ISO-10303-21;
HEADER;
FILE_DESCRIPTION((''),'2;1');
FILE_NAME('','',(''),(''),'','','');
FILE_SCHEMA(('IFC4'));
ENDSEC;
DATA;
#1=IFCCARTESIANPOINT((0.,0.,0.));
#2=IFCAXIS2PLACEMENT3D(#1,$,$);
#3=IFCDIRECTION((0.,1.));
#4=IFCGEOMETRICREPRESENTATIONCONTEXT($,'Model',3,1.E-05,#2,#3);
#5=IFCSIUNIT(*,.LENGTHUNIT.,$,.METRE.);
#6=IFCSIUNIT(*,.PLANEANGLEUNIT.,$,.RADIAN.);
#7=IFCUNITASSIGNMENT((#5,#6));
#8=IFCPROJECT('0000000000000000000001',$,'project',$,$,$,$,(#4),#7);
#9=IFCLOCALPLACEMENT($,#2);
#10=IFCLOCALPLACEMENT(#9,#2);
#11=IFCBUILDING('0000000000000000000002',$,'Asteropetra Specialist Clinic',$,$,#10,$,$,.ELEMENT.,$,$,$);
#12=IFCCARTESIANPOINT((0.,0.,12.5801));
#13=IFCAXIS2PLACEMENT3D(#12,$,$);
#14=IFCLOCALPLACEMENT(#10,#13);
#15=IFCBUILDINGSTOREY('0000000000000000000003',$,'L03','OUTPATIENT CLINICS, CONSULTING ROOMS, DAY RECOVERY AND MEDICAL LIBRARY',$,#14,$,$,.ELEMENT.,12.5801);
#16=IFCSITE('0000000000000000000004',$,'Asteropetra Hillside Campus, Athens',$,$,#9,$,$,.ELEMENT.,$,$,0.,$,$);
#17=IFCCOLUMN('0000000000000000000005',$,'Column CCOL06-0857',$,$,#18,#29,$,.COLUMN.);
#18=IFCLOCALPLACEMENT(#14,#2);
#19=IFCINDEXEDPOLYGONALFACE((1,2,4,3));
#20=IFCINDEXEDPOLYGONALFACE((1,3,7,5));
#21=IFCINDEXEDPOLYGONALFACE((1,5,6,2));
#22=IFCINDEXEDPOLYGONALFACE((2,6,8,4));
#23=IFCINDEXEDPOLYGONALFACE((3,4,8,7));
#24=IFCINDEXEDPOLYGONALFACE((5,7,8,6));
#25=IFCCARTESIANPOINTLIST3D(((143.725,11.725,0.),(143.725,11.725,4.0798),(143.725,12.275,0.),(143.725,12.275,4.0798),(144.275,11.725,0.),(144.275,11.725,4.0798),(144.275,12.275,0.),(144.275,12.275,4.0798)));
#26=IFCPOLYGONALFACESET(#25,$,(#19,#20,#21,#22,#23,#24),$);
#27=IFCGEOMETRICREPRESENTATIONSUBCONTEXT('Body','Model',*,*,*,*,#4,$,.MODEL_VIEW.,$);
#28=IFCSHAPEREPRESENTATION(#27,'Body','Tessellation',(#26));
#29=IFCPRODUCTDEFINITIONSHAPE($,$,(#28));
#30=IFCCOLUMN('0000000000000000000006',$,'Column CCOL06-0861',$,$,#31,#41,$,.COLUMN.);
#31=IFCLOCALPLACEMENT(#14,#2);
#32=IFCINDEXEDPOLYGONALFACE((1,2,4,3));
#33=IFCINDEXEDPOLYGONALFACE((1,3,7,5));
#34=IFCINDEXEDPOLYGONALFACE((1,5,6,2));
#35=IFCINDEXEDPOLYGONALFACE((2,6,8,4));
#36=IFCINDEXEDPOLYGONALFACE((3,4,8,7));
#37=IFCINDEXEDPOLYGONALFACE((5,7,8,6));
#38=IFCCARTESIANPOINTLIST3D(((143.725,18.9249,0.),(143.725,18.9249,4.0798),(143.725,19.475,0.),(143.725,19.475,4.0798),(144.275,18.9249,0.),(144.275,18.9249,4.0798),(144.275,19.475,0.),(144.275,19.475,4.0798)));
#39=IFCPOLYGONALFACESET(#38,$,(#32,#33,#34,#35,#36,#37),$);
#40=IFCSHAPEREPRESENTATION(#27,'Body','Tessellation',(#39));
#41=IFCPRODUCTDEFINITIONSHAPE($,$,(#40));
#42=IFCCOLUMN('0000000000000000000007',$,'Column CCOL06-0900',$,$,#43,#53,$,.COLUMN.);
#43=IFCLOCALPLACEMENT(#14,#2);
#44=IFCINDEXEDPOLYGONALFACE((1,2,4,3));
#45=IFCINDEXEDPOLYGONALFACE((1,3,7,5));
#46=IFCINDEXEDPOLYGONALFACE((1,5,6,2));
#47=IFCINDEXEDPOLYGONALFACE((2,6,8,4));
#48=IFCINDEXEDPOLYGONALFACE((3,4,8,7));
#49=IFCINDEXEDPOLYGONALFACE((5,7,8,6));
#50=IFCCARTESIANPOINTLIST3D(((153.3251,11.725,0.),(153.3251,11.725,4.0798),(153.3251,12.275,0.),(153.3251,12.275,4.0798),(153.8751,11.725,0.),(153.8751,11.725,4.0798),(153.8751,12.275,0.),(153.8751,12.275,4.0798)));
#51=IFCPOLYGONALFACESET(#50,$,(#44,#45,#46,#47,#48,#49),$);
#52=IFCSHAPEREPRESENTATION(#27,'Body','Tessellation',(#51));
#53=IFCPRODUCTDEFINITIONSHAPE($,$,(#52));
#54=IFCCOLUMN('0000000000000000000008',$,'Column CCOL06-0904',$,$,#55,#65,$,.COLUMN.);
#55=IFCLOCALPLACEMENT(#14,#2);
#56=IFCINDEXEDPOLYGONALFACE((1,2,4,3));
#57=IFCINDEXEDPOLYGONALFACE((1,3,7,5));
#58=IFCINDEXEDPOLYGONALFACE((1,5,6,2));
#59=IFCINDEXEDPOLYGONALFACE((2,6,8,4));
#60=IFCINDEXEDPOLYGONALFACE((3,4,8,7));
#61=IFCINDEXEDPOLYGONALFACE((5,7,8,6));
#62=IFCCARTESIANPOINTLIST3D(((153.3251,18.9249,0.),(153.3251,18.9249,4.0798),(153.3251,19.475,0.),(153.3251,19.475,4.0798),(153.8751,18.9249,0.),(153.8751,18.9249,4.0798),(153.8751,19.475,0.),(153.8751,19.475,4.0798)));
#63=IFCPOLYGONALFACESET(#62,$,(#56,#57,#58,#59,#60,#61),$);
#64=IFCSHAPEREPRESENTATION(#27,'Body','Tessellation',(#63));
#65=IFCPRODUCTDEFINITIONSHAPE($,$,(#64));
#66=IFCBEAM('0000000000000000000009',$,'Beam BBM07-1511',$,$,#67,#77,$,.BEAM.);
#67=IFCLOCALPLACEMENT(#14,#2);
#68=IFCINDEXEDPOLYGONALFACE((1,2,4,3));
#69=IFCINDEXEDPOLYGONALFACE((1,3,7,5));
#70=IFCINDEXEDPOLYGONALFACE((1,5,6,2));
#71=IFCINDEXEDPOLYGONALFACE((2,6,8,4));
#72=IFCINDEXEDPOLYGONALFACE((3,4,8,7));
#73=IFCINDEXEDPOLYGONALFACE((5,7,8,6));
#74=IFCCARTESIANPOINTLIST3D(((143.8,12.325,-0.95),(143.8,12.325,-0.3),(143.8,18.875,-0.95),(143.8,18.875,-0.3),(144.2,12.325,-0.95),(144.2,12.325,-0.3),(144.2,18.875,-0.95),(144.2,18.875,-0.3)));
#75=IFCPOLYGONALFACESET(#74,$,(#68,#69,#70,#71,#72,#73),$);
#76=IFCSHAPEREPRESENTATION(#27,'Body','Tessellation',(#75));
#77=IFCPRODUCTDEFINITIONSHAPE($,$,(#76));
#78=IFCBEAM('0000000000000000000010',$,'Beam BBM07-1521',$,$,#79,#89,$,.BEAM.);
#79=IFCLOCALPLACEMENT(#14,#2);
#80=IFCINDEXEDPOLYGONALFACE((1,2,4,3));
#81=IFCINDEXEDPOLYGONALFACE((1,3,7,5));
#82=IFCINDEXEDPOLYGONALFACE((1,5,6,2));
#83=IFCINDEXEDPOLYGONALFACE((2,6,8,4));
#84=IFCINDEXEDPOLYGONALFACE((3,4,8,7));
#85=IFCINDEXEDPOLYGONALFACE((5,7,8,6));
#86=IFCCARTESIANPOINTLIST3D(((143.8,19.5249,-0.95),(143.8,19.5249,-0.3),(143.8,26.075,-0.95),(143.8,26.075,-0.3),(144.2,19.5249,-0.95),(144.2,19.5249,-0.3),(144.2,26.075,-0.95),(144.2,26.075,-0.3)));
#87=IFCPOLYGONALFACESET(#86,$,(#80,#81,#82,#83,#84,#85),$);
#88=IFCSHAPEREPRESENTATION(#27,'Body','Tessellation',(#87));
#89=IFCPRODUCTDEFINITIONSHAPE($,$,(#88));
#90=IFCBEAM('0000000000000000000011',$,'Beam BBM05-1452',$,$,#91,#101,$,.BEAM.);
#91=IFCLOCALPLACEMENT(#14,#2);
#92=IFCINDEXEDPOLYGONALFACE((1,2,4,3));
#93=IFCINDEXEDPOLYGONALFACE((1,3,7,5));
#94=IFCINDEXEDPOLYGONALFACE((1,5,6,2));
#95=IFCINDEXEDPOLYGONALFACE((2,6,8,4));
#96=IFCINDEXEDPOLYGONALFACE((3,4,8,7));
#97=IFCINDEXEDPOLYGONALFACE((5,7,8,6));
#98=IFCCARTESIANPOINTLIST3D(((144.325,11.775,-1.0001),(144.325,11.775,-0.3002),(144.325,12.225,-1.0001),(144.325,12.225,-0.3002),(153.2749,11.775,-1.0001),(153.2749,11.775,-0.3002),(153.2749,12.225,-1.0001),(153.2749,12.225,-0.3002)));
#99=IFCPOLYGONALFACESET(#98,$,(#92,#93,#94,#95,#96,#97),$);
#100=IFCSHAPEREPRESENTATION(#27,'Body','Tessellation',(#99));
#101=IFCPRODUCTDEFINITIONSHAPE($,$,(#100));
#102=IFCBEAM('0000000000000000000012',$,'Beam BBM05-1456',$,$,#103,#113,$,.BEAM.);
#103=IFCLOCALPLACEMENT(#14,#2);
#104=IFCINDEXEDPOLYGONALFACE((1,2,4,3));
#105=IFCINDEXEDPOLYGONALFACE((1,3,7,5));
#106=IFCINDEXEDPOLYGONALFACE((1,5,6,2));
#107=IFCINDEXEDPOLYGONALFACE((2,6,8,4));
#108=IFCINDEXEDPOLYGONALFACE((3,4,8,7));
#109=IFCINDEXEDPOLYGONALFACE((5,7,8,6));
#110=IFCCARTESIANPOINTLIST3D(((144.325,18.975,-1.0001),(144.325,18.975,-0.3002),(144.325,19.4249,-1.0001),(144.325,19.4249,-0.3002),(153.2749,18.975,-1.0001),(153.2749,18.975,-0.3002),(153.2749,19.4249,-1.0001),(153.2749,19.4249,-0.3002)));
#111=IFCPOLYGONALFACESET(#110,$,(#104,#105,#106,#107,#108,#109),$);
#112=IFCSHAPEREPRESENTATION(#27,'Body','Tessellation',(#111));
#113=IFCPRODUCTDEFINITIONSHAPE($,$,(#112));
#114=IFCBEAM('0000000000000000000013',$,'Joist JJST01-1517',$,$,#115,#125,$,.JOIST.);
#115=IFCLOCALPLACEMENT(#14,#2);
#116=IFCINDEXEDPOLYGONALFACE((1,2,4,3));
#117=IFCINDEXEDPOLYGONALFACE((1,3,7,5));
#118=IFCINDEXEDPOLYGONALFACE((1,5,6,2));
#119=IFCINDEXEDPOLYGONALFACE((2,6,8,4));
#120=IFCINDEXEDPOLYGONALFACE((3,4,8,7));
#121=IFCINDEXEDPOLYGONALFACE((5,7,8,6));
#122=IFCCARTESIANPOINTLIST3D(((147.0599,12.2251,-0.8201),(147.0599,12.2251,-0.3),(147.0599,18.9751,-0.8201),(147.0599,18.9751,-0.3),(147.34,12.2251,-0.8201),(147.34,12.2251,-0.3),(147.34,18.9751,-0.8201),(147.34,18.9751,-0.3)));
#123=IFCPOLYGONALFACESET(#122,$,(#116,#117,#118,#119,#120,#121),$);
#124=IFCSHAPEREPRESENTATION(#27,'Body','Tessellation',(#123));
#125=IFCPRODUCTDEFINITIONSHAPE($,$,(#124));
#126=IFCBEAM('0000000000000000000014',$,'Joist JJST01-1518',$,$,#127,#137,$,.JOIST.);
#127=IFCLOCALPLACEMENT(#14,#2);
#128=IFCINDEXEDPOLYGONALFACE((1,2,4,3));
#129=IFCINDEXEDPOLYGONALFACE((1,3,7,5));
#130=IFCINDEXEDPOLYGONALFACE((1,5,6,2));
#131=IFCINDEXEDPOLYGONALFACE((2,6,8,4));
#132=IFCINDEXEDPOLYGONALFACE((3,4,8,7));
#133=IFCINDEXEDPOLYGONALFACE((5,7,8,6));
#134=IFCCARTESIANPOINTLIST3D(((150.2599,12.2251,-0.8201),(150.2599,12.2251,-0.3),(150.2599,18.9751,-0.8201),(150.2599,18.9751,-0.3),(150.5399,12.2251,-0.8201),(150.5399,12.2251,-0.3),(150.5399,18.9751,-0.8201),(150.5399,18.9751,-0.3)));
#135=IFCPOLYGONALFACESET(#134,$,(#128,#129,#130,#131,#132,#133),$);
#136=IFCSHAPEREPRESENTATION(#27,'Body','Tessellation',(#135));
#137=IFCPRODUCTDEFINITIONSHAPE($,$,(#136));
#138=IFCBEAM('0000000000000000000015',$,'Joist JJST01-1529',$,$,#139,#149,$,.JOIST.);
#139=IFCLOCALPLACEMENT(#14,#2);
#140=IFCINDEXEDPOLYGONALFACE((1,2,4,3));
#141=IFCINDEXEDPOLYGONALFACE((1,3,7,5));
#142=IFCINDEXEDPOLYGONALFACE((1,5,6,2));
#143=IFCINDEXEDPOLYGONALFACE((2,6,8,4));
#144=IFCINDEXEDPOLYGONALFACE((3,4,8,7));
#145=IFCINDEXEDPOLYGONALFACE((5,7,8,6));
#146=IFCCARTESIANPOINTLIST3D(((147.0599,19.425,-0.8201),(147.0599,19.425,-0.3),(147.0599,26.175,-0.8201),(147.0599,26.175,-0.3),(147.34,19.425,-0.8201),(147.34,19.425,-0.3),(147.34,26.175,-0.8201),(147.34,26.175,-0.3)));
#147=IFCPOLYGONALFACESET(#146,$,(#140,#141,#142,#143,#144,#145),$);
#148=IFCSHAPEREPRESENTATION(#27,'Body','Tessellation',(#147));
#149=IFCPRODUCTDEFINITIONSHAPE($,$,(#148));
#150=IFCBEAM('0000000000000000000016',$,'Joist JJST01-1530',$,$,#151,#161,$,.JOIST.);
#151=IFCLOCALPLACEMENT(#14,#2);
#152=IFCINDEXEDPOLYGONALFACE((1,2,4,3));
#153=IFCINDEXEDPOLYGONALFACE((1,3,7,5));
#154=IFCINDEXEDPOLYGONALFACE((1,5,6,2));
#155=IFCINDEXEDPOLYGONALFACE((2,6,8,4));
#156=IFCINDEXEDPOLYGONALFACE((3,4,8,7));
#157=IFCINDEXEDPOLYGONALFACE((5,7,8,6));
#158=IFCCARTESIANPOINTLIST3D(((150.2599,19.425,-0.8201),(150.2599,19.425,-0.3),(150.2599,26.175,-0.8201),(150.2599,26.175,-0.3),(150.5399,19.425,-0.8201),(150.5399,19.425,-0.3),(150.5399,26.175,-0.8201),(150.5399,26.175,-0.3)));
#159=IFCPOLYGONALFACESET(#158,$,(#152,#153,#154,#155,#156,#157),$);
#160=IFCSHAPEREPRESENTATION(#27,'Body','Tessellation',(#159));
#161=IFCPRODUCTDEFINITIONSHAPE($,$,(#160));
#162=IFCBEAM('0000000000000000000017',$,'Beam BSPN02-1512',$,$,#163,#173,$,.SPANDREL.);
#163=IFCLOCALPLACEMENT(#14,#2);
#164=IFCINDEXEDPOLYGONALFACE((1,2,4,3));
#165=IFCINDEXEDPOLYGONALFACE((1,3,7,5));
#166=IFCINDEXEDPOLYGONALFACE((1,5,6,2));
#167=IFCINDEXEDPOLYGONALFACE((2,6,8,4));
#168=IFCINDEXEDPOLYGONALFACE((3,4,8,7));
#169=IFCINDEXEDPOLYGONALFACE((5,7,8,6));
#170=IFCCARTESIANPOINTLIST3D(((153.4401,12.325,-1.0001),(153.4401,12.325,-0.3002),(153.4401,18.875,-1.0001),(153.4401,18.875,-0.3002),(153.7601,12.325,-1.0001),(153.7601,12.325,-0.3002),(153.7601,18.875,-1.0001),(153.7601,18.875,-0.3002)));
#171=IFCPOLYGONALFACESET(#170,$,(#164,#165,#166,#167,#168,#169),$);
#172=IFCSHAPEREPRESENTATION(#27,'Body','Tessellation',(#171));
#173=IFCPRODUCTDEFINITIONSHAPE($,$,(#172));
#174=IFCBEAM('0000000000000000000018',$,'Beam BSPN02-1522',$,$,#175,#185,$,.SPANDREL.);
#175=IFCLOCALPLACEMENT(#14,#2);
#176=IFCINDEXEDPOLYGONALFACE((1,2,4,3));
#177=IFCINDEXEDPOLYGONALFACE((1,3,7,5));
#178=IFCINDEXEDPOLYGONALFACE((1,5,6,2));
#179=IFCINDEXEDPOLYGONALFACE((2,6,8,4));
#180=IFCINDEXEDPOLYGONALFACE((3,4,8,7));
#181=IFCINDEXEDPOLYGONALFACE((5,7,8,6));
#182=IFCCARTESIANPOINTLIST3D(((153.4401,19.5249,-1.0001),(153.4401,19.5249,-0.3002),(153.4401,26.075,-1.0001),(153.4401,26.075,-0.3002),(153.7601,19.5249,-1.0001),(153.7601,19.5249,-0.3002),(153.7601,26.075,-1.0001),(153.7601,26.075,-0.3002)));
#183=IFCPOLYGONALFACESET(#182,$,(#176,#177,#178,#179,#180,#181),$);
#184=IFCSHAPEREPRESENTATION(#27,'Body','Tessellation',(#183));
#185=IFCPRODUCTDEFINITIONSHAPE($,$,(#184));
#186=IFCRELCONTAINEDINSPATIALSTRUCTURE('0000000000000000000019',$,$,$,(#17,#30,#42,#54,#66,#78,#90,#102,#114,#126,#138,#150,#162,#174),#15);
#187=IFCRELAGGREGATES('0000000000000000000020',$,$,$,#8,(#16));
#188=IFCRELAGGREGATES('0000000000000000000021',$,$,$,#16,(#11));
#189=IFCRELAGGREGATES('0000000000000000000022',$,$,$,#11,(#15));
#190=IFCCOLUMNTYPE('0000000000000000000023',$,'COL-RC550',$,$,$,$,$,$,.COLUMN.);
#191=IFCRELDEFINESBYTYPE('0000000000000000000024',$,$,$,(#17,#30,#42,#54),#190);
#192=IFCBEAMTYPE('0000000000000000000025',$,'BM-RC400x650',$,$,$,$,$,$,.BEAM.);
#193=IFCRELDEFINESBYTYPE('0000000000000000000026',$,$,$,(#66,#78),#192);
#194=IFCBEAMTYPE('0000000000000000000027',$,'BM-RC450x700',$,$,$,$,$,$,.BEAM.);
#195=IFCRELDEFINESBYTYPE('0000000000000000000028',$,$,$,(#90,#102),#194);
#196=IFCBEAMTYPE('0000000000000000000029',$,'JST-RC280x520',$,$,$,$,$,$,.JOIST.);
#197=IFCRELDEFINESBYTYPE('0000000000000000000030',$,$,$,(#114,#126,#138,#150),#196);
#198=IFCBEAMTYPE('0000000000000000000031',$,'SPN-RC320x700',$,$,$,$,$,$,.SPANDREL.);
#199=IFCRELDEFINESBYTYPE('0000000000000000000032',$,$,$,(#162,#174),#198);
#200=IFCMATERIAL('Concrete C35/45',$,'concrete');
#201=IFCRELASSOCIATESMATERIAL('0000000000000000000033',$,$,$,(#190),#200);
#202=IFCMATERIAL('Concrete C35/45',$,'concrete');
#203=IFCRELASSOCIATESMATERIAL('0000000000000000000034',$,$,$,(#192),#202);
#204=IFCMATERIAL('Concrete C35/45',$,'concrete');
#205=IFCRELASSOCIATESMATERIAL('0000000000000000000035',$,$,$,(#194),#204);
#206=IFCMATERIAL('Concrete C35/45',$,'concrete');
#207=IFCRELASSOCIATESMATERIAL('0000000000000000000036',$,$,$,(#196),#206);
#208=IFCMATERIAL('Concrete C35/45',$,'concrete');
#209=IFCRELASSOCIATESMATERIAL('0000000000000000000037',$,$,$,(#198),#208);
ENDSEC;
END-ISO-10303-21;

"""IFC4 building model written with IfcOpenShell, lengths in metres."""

from ifc_helpers import new_model, si_unit, direction, frame, origin, origin_2d, place, context, subcontext, project, spatial, rectangle, extrude, material, material_profile, profile_set, type_object, element, save


model = new_model("IFC4")

# Units and contexts
model_context = context("Model", 3, precision=1e-05, world=origin(), true_north=direction((0.0, 1.0)))
body_context = subcontext(model_context, "Body", "Model", "MODEL_VIEW")
ifc_project = project(units=[si_unit("LENGTHUNIT", "METRE"), si_unit("PLANEANGLEUNIT", "RADIAN")], contexts=[model_context])

# Site, building, storey
site_placement = place(None, origin())
site = spatial("IfcSite", under=ifc_project, at=site_placement, Name="Asteropetra Hillside Campus, Athens", CompositionType="ELEMENT", RefElevation=0.0)
building_placement = place(site_placement, origin())
building = spatial("IfcBuilding", under=site, at=building_placement, Name="Asteropetra Specialist Clinic", CompositionType="ELEMENT")
storey_placement = place(building_placement, frame((0.0, 0.0, 12.5801)))
storey = spatial("IfcBuildingStorey", under=building, at=storey_placement, Name="L03", Description="OUTPATIENT CLINICS, CONSULTING ROOMS, DAY RECOVERY AND MEDICAL LIBRARY", CompositionType="ELEMENT", Elevation=12.5801)

# Columns
ifc_material_1 = material(Name="Concrete C35/45", Category="concrete")
ifc_material_profile_1 = material_profile(ifc_material_1, rectangle(XDim=0.55, YDim=0.55, at=origin_2d()), Name="RC 550x550")
ifc_profile_set_1 = profile_set([ifc_material_profile_1], Name="Concrete C35/45")
column_type = type_object("IfcColumnType", Name="COL-RC550", PredefinedType="COLUMN", material=ifc_profile_set_1)
for number, where, z_axis, x_axis, name in (
    (1, (144.0, 12.0, 0.0), (0.0, 0.0, 1.0), (1.0, 0.0, 0.0), "Column CCOL06-0857"),
    (2, (144.0, 19.2, 0.0), (0.0, 0.0, 1.0), (1.0, 0.0, 0.0), "Column CCOL06-0861"),
    (3, (153.6001, 12.0, 0.0), (0.0, 0.0, 1.0), (1.0, 0.0, 0.0), "Column CCOL06-0900"),
    (4, (153.6001, 19.2, 0.0), (0.0, 0.0, 1.0), (1.0, 0.0, 0.0), "Column CCOL06-0904"),
):
    element("IfcColumn", number, at=place(storey_placement, frame(where, z_axis=z_axis, x_axis=x_axis)), inside=storey, type_object=column_type, Name=name, PredefinedType="COLUMN", context=body_context, shape_type="SweptSolid", body=[
        extrude(rectangle(XDim=0.55, YDim=0.55, at=origin_2d()), origin(), (0.0, 0.0, 1.0), 4.0798),
    ])

# Beams
ifc_material_2 = material(Name="Concrete C35/45", Category="concrete")
ifc_material_profile_2 = material_profile(ifc_material_2, rectangle(XDim=0.3999, YDim=0.6499, at=origin_2d()), Name="RCB 400x650")
ifc_profile_set_2 = profile_set([ifc_material_profile_2], Name="Concrete C35/45")
beam_type_1 = type_object("IfcBeamType", Name="BM-RC400x650", PredefinedType="BEAM", material=ifc_profile_set_2)
for number, where, z_axis, x_axis, name in (
    (5, (144.0, 12.325, -0.625), (0.0, 1.0, 0.0), (-1.0, 0.0, 0.0), "Beam BBM07-1511"),
    (6, (144.0, 19.5249, -0.625), (0.0, 1.0, 0.0), (-1.0, 0.0, 0.0), "Beam BBM07-1521"),
):
    element("IfcBeam", number, at=place(storey_placement, frame(where, z_axis=z_axis, x_axis=x_axis)), inside=storey, type_object=beam_type_1, Name=name, PredefinedType="BEAM", context=body_context, shape_type="SweptSolid", body=[
        extrude(rectangle(XDim=0.3999, YDim=0.6499, at=origin_2d()), origin(), (0.0, 0.0, 1.0), 6.55),
    ])
ifc_material_3 = material(Name="Concrete C35/45", Category="concrete")
ifc_material_profile_3 = material_profile(ifc_material_3, rectangle(XDim=0.45, YDim=0.7, at=origin_2d()), Name="RCB 450x700")
ifc_profile_set_3 = profile_set([ifc_material_profile_3], Name="Concrete C35/45")
beam_type_2 = type_object("IfcBeamType", Name="BM-RC450x700", PredefinedType="BEAM", material=ifc_profile_set_3)
for number, where, z_axis, x_axis, name in (
    (7, (144.325, 12.0, -0.6501), (1.0, 0.0, 0.0), (0.0, 1.0, 0.0), "Beam BBM05-1452"),
    (8, (144.325, 19.2, -0.6501), (1.0, 0.0, 0.0), (0.0, 1.0, 0.0), "Beam BBM05-1456"),
):
    element("IfcBeam", number, at=place(storey_placement, frame(where, z_axis=z_axis, x_axis=x_axis)), inside=storey, type_object=beam_type_2, Name=name, PredefinedType="BEAM", context=body_context, shape_type="SweptSolid", body=[
        extrude(rectangle(XDim=0.45, YDim=0.7, at=origin_2d()), origin(), (0.0, 0.0, 1.0), 8.95),
    ])
ifc_material_4 = material(Name="Concrete C35/45", Category="concrete")
ifc_material_profile_4 = material_profile(ifc_material_4, rectangle(XDim=0.28, YDim=0.52, at=origin_2d()), Name="RCJ 280x520")
ifc_profile_set_4 = profile_set([ifc_material_profile_4], Name="Concrete C35/45")
beam_type_3 = type_object("IfcBeamType", Name="JST-RC280x520", PredefinedType="JOIST", material=ifc_profile_set_4)
for number, where, z_axis, x_axis, name in (
    (9, (147.2, 12.2251, -0.5601), (0.0, 1.0, 0.0), (-1.0, 0.0, 0.0), "Joist JJST01-1517"),
    (10, (150.3999, 12.2251, -0.5601), (0.0, 1.0, 0.0), (-1.0, 0.0, 0.0), "Joist JJST01-1518"),
    (11, (147.2, 19.425, -0.5601), (0.0, 1.0, 0.0), (-1.0, 0.0, 0.0), "Joist JJST01-1529"),
    (12, (150.3999, 19.425, -0.5601), (0.0, 1.0, 0.0), (-1.0, 0.0, 0.0), "Joist JJST01-1530"),
):
    element("IfcBeam", number, at=place(storey_placement, frame(where, z_axis=z_axis, x_axis=x_axis)), inside=storey, type_object=beam_type_3, Name=name, PredefinedType="JOIST", context=body_context, shape_type="SweptSolid", body=[
        extrude(rectangle(XDim=0.28, YDim=0.52, at=origin_2d()), origin(), (0.0, 0.0, 1.0), 6.75),
    ])
ifc_material_5 = material(Name="Concrete C35/45", Category="concrete")
ifc_material_profile_5 = material_profile(ifc_material_5, rectangle(XDim=0.3201, YDim=0.7, at=origin_2d()), Name="RCS 320x700")
ifc_profile_set_5 = profile_set([ifc_material_profile_5], Name="Concrete C35/45")
beam_type_4 = type_object("IfcBeamType", Name="SPN-RC320x700", PredefinedType="SPANDREL", material=ifc_profile_set_5)
for number, where, z_axis, x_axis, name in (
    (13, (153.6001, 12.325, -0.6501), (0.0, 1.0, 0.0), (-1.0, 0.0, 0.0), "Beam BSPN02-1512"),
    (14, (153.6001, 19.5249, -0.6501), (0.0, 1.0, 0.0), (-1.0, 0.0, 0.0), "Beam BSPN02-1522"),
):
    element("IfcBeam", number, at=place(storey_placement, frame(where, z_axis=z_axis, x_axis=x_axis)), inside=storey, type_object=beam_type_4, Name=name, PredefinedType="SPANDREL", context=body_context, shape_type="SweptSolid", body=[
        extrude(rectangle(XDim=0.3201, YDim=0.7, at=origin_2d()), origin(), (0.0, 0.0, 1.0), 6.55),
    ])

save(model, "model.ifc")
